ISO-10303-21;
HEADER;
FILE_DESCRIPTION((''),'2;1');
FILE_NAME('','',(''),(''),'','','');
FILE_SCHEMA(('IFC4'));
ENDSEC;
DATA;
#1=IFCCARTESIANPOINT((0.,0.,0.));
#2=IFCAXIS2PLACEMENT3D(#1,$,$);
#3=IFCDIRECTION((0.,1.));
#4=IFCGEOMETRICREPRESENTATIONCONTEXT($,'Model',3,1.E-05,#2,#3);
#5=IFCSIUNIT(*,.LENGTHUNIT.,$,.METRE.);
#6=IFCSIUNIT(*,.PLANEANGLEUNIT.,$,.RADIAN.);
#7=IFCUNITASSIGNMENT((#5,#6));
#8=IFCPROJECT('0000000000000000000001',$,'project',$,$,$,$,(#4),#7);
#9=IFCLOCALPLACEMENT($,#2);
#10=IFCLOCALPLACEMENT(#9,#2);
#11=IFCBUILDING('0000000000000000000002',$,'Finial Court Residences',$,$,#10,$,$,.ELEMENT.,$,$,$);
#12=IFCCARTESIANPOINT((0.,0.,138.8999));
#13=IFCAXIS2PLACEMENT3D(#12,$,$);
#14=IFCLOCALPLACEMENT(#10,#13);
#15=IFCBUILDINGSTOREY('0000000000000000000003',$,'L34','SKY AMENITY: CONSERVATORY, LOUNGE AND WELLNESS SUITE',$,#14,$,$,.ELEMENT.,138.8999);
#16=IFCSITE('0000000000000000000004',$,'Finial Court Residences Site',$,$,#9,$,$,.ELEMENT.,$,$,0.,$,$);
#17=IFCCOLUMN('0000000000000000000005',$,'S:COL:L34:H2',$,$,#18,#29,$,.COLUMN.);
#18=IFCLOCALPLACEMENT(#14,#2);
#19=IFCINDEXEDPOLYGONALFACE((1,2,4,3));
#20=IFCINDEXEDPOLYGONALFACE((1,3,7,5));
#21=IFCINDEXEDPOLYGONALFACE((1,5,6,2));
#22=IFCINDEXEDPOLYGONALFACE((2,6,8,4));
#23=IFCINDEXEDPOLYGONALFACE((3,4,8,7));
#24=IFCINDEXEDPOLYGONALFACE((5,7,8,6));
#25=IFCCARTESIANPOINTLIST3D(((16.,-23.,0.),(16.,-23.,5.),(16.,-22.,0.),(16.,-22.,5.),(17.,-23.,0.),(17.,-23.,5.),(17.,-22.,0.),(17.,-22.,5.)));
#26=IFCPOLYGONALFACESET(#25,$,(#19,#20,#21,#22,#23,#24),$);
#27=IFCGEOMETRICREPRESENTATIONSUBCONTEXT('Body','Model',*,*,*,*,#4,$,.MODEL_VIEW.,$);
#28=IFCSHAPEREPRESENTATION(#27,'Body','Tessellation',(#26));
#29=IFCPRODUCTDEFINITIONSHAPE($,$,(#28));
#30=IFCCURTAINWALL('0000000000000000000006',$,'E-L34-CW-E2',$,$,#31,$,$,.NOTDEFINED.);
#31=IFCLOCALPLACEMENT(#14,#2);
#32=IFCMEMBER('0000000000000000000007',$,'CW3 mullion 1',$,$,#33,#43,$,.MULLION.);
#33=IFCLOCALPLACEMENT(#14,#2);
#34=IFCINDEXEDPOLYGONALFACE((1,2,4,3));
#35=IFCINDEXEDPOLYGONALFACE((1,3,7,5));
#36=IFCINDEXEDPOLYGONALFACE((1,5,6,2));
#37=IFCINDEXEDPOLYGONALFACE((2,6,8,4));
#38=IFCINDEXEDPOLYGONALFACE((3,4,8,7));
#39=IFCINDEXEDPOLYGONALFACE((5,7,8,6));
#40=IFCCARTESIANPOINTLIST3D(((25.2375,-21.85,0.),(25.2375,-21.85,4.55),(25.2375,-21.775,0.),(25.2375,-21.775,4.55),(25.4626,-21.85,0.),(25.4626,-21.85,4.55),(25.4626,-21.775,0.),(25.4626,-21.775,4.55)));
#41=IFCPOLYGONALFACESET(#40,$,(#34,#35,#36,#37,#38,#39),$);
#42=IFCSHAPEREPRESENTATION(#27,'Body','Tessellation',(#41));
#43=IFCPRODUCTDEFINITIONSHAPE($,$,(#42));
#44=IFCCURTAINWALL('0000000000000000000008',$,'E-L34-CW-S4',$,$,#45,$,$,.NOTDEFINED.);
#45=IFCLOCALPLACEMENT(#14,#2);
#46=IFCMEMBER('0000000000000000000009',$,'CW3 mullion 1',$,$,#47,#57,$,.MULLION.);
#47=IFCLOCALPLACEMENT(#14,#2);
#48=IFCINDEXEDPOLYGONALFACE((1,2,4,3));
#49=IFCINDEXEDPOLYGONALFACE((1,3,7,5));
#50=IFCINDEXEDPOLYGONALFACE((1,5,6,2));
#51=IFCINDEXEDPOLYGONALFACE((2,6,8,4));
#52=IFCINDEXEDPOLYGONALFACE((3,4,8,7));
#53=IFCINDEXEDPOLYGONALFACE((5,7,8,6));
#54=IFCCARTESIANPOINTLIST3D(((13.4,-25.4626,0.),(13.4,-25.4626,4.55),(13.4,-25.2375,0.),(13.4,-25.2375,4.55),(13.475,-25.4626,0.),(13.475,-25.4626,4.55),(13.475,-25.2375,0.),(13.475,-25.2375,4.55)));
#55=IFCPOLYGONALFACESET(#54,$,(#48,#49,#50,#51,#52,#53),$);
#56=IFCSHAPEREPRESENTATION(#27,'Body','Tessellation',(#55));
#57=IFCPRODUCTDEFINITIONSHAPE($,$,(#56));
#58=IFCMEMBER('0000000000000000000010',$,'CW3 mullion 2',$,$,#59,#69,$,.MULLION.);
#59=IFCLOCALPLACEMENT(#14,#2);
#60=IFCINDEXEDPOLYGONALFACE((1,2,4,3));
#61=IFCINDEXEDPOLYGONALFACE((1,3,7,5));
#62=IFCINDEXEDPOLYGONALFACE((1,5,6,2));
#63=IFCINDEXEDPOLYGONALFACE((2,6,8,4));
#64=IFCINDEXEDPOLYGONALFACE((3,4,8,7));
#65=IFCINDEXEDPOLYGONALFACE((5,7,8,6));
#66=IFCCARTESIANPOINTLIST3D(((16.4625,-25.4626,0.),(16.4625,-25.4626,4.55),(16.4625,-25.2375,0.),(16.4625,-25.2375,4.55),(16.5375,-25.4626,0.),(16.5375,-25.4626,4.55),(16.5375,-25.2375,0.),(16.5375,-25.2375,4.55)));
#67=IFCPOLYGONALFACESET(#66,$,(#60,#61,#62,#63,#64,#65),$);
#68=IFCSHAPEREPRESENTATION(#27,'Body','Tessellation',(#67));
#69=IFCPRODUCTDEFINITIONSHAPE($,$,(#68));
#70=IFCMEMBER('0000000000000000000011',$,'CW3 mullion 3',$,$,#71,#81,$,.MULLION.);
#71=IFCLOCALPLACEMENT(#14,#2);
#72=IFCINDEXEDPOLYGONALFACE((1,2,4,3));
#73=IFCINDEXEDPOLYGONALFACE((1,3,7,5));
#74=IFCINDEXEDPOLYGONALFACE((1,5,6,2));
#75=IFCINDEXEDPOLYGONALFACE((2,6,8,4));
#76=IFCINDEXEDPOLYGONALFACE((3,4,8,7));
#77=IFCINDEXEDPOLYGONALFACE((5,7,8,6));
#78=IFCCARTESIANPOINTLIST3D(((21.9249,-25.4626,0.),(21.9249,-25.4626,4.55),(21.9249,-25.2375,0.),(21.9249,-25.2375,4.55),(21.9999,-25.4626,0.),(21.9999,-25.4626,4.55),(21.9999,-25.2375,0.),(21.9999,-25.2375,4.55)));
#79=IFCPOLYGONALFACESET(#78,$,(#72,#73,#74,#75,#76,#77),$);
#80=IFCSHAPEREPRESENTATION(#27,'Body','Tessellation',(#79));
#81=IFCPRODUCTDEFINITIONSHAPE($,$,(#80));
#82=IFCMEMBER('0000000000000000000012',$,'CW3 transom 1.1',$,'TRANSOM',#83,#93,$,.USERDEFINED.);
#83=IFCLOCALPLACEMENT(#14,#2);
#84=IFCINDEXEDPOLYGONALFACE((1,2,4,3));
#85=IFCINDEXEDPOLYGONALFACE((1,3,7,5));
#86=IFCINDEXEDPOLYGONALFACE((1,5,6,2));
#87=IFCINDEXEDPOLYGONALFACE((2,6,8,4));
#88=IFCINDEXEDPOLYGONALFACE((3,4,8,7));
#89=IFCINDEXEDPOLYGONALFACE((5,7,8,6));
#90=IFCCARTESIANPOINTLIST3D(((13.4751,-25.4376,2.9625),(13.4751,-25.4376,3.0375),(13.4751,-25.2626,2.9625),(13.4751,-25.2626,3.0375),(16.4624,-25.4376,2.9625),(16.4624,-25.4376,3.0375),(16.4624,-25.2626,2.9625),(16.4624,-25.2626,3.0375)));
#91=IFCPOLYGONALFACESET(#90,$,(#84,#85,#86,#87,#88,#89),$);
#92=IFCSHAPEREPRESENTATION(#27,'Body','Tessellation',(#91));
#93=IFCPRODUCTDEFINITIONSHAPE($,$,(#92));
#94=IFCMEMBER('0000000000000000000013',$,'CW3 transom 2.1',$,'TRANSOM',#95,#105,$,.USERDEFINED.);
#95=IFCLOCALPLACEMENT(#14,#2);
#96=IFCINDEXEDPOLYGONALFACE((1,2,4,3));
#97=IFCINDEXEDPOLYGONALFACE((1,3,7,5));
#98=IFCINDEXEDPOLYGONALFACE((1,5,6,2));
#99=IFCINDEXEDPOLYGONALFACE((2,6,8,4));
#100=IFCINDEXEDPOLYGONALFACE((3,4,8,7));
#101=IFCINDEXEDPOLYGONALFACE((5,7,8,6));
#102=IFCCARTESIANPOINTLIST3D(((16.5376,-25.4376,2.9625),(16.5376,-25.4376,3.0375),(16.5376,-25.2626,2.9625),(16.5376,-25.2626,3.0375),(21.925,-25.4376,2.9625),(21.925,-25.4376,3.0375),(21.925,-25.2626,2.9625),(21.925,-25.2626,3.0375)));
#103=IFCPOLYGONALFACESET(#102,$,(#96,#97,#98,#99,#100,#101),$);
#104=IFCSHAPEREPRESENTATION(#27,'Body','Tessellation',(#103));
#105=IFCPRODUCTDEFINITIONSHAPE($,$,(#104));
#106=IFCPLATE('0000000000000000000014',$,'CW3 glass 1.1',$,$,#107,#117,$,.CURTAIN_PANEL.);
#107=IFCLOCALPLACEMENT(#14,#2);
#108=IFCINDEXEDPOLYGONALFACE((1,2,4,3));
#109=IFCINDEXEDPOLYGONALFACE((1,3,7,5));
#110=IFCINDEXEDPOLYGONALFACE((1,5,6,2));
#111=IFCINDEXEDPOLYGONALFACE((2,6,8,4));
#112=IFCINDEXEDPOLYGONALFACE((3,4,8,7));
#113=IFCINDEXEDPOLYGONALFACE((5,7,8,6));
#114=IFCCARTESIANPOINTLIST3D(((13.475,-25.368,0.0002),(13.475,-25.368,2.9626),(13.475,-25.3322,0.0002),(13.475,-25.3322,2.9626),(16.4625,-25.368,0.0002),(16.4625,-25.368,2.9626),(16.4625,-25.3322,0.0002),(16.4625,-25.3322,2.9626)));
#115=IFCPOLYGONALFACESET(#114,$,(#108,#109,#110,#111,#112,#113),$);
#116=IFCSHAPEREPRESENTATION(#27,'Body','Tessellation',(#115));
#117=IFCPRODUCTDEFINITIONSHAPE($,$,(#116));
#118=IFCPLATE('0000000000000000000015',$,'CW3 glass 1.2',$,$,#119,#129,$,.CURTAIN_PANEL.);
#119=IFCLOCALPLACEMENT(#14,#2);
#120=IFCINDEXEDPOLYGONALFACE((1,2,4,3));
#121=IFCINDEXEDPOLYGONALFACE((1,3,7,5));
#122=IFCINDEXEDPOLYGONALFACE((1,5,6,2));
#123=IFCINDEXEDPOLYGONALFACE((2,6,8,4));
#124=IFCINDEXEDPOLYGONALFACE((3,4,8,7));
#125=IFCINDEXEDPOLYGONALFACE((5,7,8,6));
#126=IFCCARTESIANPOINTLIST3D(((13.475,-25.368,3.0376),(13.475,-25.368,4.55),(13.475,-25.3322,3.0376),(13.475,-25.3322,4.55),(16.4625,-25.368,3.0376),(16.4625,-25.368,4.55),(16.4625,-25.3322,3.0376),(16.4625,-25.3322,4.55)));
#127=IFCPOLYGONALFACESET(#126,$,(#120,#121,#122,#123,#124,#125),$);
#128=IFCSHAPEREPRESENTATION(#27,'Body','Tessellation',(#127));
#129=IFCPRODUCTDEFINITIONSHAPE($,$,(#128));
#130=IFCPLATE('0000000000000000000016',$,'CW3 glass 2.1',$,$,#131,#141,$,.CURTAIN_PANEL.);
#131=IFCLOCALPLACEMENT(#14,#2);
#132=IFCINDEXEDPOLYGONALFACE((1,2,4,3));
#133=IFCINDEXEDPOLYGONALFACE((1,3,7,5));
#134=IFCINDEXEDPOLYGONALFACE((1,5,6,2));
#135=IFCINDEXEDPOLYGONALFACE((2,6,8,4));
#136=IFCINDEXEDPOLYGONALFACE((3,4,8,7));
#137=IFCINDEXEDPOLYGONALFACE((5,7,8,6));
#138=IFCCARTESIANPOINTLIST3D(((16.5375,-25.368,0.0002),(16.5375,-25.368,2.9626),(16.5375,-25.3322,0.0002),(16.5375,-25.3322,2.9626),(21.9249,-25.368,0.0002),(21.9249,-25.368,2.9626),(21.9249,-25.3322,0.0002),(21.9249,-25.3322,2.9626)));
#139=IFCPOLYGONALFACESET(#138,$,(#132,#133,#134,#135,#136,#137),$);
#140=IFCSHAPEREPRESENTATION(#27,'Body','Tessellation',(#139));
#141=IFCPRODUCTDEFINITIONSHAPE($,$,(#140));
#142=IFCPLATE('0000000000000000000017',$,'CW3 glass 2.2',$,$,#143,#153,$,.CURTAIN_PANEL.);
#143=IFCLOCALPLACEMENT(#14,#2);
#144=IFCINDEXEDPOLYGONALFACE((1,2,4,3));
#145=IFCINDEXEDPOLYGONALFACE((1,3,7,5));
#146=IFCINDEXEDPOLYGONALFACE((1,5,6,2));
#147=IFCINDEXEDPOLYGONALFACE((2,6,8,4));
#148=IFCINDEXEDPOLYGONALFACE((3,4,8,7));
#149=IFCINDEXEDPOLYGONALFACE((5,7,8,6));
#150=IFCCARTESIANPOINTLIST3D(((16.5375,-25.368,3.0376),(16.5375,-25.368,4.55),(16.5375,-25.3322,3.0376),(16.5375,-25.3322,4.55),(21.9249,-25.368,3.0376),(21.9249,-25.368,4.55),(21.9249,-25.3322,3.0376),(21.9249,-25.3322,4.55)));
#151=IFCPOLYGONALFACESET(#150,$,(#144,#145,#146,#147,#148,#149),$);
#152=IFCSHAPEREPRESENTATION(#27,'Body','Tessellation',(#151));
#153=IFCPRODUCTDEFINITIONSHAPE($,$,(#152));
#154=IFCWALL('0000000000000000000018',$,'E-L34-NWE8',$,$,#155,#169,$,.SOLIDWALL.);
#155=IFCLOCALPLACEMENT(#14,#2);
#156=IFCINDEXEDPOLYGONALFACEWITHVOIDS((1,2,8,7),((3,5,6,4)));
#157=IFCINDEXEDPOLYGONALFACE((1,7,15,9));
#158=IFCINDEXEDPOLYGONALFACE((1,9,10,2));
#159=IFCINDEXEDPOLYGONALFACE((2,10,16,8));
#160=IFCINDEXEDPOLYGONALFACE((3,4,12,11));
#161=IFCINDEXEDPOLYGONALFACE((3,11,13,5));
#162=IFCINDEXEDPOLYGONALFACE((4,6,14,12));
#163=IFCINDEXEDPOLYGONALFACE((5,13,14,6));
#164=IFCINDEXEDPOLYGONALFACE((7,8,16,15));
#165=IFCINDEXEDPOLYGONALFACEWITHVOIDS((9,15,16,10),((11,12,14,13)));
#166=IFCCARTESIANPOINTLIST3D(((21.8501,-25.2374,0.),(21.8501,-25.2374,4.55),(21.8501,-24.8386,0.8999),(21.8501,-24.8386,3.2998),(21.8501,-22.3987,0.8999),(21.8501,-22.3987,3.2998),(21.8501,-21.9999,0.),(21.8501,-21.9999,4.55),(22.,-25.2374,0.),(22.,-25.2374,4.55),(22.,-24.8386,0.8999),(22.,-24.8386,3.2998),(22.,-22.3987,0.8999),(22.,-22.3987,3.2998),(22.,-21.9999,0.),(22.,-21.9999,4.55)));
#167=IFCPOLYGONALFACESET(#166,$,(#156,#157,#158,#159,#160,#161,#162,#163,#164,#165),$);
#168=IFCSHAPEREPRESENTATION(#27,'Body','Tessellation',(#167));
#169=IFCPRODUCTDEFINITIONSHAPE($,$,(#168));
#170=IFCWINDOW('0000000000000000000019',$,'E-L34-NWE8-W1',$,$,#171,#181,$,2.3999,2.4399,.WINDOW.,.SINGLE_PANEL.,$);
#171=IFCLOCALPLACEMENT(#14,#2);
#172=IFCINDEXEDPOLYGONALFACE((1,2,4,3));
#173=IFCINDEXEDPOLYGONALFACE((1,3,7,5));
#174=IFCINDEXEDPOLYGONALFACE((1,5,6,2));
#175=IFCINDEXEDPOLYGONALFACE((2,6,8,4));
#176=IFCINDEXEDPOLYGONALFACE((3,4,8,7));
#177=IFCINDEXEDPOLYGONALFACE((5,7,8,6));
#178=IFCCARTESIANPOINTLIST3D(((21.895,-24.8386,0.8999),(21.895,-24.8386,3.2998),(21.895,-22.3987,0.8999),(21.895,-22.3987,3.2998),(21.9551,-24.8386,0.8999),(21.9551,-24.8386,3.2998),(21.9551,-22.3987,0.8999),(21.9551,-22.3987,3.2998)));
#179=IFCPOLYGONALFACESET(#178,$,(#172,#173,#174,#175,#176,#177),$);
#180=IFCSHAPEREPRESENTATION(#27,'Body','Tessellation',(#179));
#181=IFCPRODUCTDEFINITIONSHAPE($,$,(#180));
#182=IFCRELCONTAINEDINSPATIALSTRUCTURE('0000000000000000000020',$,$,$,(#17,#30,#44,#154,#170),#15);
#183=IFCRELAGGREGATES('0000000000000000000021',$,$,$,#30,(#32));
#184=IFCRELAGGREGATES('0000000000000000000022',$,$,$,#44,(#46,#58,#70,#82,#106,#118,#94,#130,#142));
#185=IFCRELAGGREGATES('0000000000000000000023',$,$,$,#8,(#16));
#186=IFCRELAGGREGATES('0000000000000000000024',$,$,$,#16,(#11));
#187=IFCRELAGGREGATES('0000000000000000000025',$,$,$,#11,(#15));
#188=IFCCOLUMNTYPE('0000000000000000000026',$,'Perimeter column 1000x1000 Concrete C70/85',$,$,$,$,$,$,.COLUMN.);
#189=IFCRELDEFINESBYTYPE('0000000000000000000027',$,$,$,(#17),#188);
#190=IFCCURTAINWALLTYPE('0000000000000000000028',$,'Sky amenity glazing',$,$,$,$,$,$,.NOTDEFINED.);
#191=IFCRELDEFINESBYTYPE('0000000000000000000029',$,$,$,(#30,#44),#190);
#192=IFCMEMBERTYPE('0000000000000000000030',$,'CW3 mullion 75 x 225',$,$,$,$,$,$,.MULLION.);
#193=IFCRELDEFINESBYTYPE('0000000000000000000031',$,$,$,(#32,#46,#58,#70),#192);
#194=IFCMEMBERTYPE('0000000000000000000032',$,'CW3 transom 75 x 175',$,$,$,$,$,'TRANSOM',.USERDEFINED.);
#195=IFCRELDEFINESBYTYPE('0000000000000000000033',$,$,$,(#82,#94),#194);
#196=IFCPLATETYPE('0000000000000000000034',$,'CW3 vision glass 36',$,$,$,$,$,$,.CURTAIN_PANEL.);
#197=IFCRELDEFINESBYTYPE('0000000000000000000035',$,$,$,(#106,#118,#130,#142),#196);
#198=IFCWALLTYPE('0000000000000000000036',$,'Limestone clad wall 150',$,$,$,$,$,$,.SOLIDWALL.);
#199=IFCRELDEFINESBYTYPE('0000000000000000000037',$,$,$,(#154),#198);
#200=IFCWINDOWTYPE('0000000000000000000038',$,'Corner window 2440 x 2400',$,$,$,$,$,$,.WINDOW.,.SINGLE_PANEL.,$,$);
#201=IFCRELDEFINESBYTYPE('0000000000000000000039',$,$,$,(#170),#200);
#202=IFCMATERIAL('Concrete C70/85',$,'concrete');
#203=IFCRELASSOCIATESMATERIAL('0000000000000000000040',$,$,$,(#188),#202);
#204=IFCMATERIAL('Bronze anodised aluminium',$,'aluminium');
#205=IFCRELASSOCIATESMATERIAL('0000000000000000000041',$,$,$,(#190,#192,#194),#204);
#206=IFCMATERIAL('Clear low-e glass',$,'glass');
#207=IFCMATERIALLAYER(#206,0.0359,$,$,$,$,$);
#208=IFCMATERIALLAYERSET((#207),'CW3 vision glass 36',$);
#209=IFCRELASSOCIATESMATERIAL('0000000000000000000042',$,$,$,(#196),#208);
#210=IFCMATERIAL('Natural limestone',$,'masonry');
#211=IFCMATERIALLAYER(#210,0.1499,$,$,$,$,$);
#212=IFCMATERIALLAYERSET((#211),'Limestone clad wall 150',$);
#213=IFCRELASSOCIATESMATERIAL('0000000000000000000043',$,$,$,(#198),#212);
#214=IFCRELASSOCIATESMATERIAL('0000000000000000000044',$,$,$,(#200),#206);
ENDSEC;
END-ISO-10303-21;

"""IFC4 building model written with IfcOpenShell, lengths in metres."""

from ifc_helpers import new_model, si_unit, direction, frame, frame_2d, origin, origin_2d, place, context, subcontext, project, spatial, rectangle, extrude, material, layer, layer_set, material_profile, profile_set, type_object, element, fill, aggregate, save


model = new_model("IFC4")

# Units and contexts
model_context = context("Model", 3, precision=1e-05, world=origin(), true_north=direction((0.0, 1.0)))
body_context = subcontext(model_context, "Body", "Model", "MODEL_VIEW")
ifc_project = project(units=[si_unit("LENGTHUNIT", "METRE"), si_unit("PLANEANGLEUNIT", "RADIAN")], contexts=[model_context])

# Site, building, storey
site_placement = place(None, origin())
site = spatial("IfcSite", under=ifc_project, at=site_placement, Name="Finial Court Residences Site", CompositionType="ELEMENT", RefElevation=0.0)
building_placement = place(site_placement, origin())
building = spatial("IfcBuilding", under=site, at=building_placement, Name="Finial Court Residences", CompositionType="ELEMENT")
storey_placement = place(building_placement, frame((0.0, 0.0, 138.8999)))
storey = spatial("IfcBuildingStorey", under=building, at=storey_placement, Name="L34", Description="SKY AMENITY: CONSERVATORY, LOUNGE AND WELLNESS SUITE", CompositionType="ELEMENT", Elevation=138.8999)

# Column
ifc_material_1 = material(Name="Concrete C70/85", Category="concrete")
ifc_material_profile_1 = material_profile(ifc_material_1, rectangle(XDim=1.0, YDim=1.0, at=origin_2d()), Name="1000x1000")
ifc_profile_set_1 = profile_set([ifc_material_profile_1], Name="Concrete C70/85")
column_type = type_object("IfcColumnType", Name="Perimeter column 1000x1000 Concrete C70/85", PredefinedType="COLUMN", material=ifc_profile_set_1)
column_placement = place(storey_placement, frame((16.5, -22.5, 0.0), z_axis=(0.0, 0.0, 1.0), x_axis=(1.0, 0.0, 0.0)))
element("IfcColumn", 1, at=column_placement, inside=storey, type_object=column_type, Name="S:COL:L34:H2", PredefinedType="COLUMN", context=body_context, shape_type="SweptSolid", body=[
    extrude(rectangle(XDim=1.0, YDim=1.0, at=origin_2d()), origin(), (0.0, 0.0, 1.0), 5.0),
])

# Curtain wall, member
ifc_material_2 = material(Name="Bronze anodised aluminium", Category="aluminium")
curtain_wall_type = type_object("IfcCurtainWallType", Name="Sky amenity glazing", PredefinedType="NOTDEFINED", material=ifc_material_2)
curtain_wall_1_placement = place(storey_placement, origin())
curtain_wall_1 = element("IfcCurtainWall", 2, at=curtain_wall_1_placement, inside=storey, type_object=curtain_wall_type, Name="E-L34-CW-E2", PredefinedType="NOTDEFINED")
ifc_material_profile_2 = material_profile(ifc_material_2, rectangle(XDim=0.2251, YDim=0.075, at=origin_2d()), Name="CW3 mullion 75 x 225")
ifc_profile_set_2 = profile_set([ifc_material_profile_2], Name="Bronze anodised aluminium")
member_type_1 = type_object("IfcMemberType", Name="CW3 mullion 75 x 225", PredefinedType="MULLION", material=ifc_profile_set_2)
member_1_placement = place(storey_placement, frame((25.3501, -21.8125, 0.0), z_axis=(0.0, 0.0, 1.0), x_axis=(-1.0, 0.0, 0.0)))
member_1 = element("IfcMember", 3, at=member_1_placement, type_object=member_type_1, Name="CW3 mullion 1", PredefinedType="MULLION", context=body_context, shape_type="SweptSolid", body=[
    extrude(rectangle(XDim=0.2251, YDim=0.075, at=origin_2d()), origin(), (0.0, 0.0, 1.0), 4.55),
])
aggregate(curtain_wall_1, [member_1])

# Curtain wall, members, plates
curtain_wall_2_placement = place(storey_placement, origin())
curtain_wall_2 = element("IfcCurtainWall", 4, at=curtain_wall_2_placement, inside=storey, type_object=curtain_wall_type, Name="E-L34-CW-S4", PredefinedType="NOTDEFINED")
member_2_placement = place(storey_placement, frame((13.4375, -25.3501, 0.0), z_axis=(0.0, 0.0, 1.0), x_axis=(0.0, 1.0, 0.0)))
member_2 = element("IfcMember", 5, at=member_2_placement, type_object=member_type_1, Name="CW3 mullion 1", PredefinedType="MULLION", context=body_context, shape_type="SweptSolid", body=[
    extrude(rectangle(XDim=0.2251, YDim=0.075, at=origin_2d()), origin(), (0.0, 0.0, 1.0), 4.55),
])
member_3_placement = place(storey_placement, frame((16.5, -25.3501, 0.0), z_axis=(0.0, 0.0, 1.0), x_axis=(0.0, 1.0, 0.0)))
member_3 = element("IfcMember", 6, at=member_3_placement, type_object=member_type_1, Name="CW3 mullion 2", PredefinedType="MULLION", context=body_context, shape_type="SweptSolid", body=[
    extrude(rectangle(XDim=0.2251, YDim=0.075, at=origin_2d()), origin(), (0.0, 0.0, 1.0), 4.55),
])
member_4_placement = place(storey_placement, frame((21.9624, -25.3501, 0.0), z_axis=(0.0, 0.0, 1.0), x_axis=(0.0, 1.0, 0.0)))
member_4 = element("IfcMember", 7, at=member_4_placement, type_object=member_type_1, Name="CW3 mullion 3", PredefinedType="MULLION", context=body_context, shape_type="SweptSolid", body=[
    extrude(rectangle(XDim=0.2251, YDim=0.075, at=origin_2d()), origin(), (0.0, 0.0, 1.0), 4.55),
])
ifc_material_profile_3 = material_profile(ifc_material_2, rectangle(XDim=0.175, YDim=0.075, at=origin_2d()), Name="CW3 transom 75 x 175")
ifc_profile_set_3 = profile_set([ifc_material_profile_3], Name="Bronze anodised aluminium")
member_type_2 = type_object("IfcMemberType", Name="CW3 transom 75 x 175", ElementType="TRANSOM", PredefinedType="USERDEFINED", material=ifc_profile_set_3)
member_5_placement = place(storey_placement, frame((13.4751, -25.3501, 3.0), z_axis=(1.0, 0.0, 0.0), x_axis=(0.0, 1.0, 0.0)))
member_5 = element("IfcMember", 8, at=member_5_placement, type_object=member_type_2, Name="CW3 transom 1.1", ObjectType="TRANSOM", PredefinedType="USERDEFINED", context=body_context, shape_type="SweptSolid", body=[
    extrude(rectangle(XDim=0.175, YDim=0.075, at=origin_2d()), origin(), (0.0, 0.0, 1.0), 2.9873),
])
member_6_placement = place(storey_placement, frame((16.5376, -25.3501, 3.0), z_axis=(1.0, 0.0, 0.0), x_axis=(0.0, 1.0, 0.0)))
member_6 = element("IfcMember", 9, at=member_6_placement, type_object=member_type_2, Name="CW3 transom 2.1", ObjectType="TRANSOM", PredefinedType="USERDEFINED", context=body_context, shape_type="SweptSolid", body=[
    extrude(rectangle(XDim=0.175, YDim=0.075, at=origin_2d()), origin(), (0.0, 0.0, 1.0), 5.3875),
])
ifc_material_3 = material(Name="Clear low-e glass", Category="glass")
ifc_layer_1 = layer(ifc_material_3, 0.0359)
ifc_layer_set_1 = layer_set([ifc_layer_1], Name="CW3 vision glass 36")
plate_type = type_object("IfcPlateType", Name="CW3 vision glass 36", PredefinedType="CURTAIN_PANEL", material=ifc_layer_set_1)
plate_1_placement = place(storey_placement, frame((14.9688, -25.3501, 0.0002), z_axis=(0.0, 0.0, 1.0), x_axis=(1.0, 0.0, 0.0)))
plate_1 = element("IfcPlate", 10, at=plate_1_placement, type_object=plate_type, Name="CW3 glass 1.1", PredefinedType="CURTAIN_PANEL", context=body_context, shape_type="SweptSolid", body=[
    extrude(rectangle(XDim=2.9875, YDim=0.0359, at=origin_2d()), origin(), (0.0, 0.0, 1.0), 2.9624),
])
plate_2_placement = place(storey_placement, frame((14.9688, -25.3501, 3.0376), z_axis=(0.0, 0.0, 1.0), x_axis=(1.0, 0.0, 0.0)))
plate_2 = element("IfcPlate", 11, at=plate_2_placement, type_object=plate_type, Name="CW3 glass 1.2", PredefinedType="CURTAIN_PANEL", context=body_context, shape_type="SweptSolid", body=[
    extrude(rectangle(XDim=2.9875, YDim=0.0359, at=origin_2d()), origin(), (0.0, 0.0, 1.0), 1.5125),
])
plate_3_placement = place(storey_placement, frame((19.2312, -25.3501, 0.0002), z_axis=(0.0, 0.0, 1.0), x_axis=(1.0, 0.0, 0.0)))
plate_3 = element("IfcPlate", 12, at=plate_3_placement, type_object=plate_type, Name="CW3 glass 2.1", PredefinedType="CURTAIN_PANEL", context=body_context, shape_type="SweptSolid", body=[
    extrude(rectangle(XDim=5.3875, YDim=0.0359, at=origin_2d()), origin(), (0.0, 0.0, 1.0), 2.9624),
])
plate_4_placement = place(storey_placement, frame((19.2312, -25.3501, 3.0376), z_axis=(0.0, 0.0, 1.0), x_axis=(1.0, 0.0, 0.0)))
plate_4 = element("IfcPlate", 13, at=plate_4_placement, type_object=plate_type, Name="CW3 glass 2.2", PredefinedType="CURTAIN_PANEL", context=body_context, shape_type="SweptSolid", body=[
    extrude(rectangle(XDim=5.3875, YDim=0.0359, at=origin_2d()), origin(), (0.0, 0.0, 1.0), 1.5125),
])
aggregate(curtain_wall_2, [member_2, member_3, member_4, member_5, plate_1, plate_2, member_6, plate_3, plate_4])

# Wall, opening, window
ifc_material_4 = material(Name="Natural limestone", Category="masonry")
ifc_layer_2 = layer(ifc_material_4, 0.1499)
ifc_layer_set_2 = layer_set([ifc_layer_2], Name="Limestone clad wall 150")
wall_type = type_object("IfcWallType", Name="Limestone clad wall 150", PredefinedType="SOLIDWALL", material=ifc_layer_set_2)
wall_1_placement = place(storey_placement, frame((21.925, -22.0, 0.0), z_axis=(0.0, 0.0, 1.0), x_axis=(0.0, -1.0, 0.0)))
wall_1 = element("IfcWall", 14, at=wall_1_placement, inside=storey, type_object=wall_type, Name="E-L34-NWE8", PredefinedType="SOLIDWALL", context=body_context, shape_type="SweptSolid", body=[
    extrude(rectangle(XDim=3.2375, YDim=0.1499, at=frame_2d((1.6187, 0.0))), origin(), (0.0, 0.0, 1.0), 4.55),
])
opening_1_placement = place(wall_1_placement, frame((0.3987, 0.0, 0.8999)))
opening_1 = element("IfcOpeningElement", 15, at=opening_1_placement, cuts=wall_1, PredefinedType="OPENING", context=body_context, shape_type="SweptSolid", body=[
    extrude(rectangle(XDim=2.4399, YDim=2.3999, at=frame_2d((1.22, 1.2))), frame((0.0, 0.085, 0.0), z_axis=(0.0, -1.0, 0.0), x_axis=(1.0, 0.0, 0.0)), (0.0, 0.0, 1.0), 0.1699),
])
window_type_1 = type_object("IfcWindowType", Name="Corner window 2440 x 2400", PartitioningType="SINGLE_PANEL", PredefinedType="WINDOW", material=ifc_material_3)
window_1_placement = place(opening_1_placement, origin())
window_1 = element("IfcWindow", 16, at=window_1_placement, inside=storey, type_object=window_type_1, Name="E-L34-NWE8-W1", OverallHeight=2.3999, OverallWidth=2.4399, PartitioningType="SINGLE_PANEL", PredefinedType="WINDOW", context=body_context, shape_type="SweptSolid", body=[
    extrude(rectangle(XDim=2.4399, YDim=2.3999, at=frame_2d((1.22, 1.2))), frame((0.0, 0.03, 0.0), z_axis=(0.0, -1.0, 0.0), x_axis=(1.0, 0.0, 0.0)), (0.0, 0.0, 1.0), 0.0601),
])
fill(opening_1, window_1)

save(model, "model.ifc")
